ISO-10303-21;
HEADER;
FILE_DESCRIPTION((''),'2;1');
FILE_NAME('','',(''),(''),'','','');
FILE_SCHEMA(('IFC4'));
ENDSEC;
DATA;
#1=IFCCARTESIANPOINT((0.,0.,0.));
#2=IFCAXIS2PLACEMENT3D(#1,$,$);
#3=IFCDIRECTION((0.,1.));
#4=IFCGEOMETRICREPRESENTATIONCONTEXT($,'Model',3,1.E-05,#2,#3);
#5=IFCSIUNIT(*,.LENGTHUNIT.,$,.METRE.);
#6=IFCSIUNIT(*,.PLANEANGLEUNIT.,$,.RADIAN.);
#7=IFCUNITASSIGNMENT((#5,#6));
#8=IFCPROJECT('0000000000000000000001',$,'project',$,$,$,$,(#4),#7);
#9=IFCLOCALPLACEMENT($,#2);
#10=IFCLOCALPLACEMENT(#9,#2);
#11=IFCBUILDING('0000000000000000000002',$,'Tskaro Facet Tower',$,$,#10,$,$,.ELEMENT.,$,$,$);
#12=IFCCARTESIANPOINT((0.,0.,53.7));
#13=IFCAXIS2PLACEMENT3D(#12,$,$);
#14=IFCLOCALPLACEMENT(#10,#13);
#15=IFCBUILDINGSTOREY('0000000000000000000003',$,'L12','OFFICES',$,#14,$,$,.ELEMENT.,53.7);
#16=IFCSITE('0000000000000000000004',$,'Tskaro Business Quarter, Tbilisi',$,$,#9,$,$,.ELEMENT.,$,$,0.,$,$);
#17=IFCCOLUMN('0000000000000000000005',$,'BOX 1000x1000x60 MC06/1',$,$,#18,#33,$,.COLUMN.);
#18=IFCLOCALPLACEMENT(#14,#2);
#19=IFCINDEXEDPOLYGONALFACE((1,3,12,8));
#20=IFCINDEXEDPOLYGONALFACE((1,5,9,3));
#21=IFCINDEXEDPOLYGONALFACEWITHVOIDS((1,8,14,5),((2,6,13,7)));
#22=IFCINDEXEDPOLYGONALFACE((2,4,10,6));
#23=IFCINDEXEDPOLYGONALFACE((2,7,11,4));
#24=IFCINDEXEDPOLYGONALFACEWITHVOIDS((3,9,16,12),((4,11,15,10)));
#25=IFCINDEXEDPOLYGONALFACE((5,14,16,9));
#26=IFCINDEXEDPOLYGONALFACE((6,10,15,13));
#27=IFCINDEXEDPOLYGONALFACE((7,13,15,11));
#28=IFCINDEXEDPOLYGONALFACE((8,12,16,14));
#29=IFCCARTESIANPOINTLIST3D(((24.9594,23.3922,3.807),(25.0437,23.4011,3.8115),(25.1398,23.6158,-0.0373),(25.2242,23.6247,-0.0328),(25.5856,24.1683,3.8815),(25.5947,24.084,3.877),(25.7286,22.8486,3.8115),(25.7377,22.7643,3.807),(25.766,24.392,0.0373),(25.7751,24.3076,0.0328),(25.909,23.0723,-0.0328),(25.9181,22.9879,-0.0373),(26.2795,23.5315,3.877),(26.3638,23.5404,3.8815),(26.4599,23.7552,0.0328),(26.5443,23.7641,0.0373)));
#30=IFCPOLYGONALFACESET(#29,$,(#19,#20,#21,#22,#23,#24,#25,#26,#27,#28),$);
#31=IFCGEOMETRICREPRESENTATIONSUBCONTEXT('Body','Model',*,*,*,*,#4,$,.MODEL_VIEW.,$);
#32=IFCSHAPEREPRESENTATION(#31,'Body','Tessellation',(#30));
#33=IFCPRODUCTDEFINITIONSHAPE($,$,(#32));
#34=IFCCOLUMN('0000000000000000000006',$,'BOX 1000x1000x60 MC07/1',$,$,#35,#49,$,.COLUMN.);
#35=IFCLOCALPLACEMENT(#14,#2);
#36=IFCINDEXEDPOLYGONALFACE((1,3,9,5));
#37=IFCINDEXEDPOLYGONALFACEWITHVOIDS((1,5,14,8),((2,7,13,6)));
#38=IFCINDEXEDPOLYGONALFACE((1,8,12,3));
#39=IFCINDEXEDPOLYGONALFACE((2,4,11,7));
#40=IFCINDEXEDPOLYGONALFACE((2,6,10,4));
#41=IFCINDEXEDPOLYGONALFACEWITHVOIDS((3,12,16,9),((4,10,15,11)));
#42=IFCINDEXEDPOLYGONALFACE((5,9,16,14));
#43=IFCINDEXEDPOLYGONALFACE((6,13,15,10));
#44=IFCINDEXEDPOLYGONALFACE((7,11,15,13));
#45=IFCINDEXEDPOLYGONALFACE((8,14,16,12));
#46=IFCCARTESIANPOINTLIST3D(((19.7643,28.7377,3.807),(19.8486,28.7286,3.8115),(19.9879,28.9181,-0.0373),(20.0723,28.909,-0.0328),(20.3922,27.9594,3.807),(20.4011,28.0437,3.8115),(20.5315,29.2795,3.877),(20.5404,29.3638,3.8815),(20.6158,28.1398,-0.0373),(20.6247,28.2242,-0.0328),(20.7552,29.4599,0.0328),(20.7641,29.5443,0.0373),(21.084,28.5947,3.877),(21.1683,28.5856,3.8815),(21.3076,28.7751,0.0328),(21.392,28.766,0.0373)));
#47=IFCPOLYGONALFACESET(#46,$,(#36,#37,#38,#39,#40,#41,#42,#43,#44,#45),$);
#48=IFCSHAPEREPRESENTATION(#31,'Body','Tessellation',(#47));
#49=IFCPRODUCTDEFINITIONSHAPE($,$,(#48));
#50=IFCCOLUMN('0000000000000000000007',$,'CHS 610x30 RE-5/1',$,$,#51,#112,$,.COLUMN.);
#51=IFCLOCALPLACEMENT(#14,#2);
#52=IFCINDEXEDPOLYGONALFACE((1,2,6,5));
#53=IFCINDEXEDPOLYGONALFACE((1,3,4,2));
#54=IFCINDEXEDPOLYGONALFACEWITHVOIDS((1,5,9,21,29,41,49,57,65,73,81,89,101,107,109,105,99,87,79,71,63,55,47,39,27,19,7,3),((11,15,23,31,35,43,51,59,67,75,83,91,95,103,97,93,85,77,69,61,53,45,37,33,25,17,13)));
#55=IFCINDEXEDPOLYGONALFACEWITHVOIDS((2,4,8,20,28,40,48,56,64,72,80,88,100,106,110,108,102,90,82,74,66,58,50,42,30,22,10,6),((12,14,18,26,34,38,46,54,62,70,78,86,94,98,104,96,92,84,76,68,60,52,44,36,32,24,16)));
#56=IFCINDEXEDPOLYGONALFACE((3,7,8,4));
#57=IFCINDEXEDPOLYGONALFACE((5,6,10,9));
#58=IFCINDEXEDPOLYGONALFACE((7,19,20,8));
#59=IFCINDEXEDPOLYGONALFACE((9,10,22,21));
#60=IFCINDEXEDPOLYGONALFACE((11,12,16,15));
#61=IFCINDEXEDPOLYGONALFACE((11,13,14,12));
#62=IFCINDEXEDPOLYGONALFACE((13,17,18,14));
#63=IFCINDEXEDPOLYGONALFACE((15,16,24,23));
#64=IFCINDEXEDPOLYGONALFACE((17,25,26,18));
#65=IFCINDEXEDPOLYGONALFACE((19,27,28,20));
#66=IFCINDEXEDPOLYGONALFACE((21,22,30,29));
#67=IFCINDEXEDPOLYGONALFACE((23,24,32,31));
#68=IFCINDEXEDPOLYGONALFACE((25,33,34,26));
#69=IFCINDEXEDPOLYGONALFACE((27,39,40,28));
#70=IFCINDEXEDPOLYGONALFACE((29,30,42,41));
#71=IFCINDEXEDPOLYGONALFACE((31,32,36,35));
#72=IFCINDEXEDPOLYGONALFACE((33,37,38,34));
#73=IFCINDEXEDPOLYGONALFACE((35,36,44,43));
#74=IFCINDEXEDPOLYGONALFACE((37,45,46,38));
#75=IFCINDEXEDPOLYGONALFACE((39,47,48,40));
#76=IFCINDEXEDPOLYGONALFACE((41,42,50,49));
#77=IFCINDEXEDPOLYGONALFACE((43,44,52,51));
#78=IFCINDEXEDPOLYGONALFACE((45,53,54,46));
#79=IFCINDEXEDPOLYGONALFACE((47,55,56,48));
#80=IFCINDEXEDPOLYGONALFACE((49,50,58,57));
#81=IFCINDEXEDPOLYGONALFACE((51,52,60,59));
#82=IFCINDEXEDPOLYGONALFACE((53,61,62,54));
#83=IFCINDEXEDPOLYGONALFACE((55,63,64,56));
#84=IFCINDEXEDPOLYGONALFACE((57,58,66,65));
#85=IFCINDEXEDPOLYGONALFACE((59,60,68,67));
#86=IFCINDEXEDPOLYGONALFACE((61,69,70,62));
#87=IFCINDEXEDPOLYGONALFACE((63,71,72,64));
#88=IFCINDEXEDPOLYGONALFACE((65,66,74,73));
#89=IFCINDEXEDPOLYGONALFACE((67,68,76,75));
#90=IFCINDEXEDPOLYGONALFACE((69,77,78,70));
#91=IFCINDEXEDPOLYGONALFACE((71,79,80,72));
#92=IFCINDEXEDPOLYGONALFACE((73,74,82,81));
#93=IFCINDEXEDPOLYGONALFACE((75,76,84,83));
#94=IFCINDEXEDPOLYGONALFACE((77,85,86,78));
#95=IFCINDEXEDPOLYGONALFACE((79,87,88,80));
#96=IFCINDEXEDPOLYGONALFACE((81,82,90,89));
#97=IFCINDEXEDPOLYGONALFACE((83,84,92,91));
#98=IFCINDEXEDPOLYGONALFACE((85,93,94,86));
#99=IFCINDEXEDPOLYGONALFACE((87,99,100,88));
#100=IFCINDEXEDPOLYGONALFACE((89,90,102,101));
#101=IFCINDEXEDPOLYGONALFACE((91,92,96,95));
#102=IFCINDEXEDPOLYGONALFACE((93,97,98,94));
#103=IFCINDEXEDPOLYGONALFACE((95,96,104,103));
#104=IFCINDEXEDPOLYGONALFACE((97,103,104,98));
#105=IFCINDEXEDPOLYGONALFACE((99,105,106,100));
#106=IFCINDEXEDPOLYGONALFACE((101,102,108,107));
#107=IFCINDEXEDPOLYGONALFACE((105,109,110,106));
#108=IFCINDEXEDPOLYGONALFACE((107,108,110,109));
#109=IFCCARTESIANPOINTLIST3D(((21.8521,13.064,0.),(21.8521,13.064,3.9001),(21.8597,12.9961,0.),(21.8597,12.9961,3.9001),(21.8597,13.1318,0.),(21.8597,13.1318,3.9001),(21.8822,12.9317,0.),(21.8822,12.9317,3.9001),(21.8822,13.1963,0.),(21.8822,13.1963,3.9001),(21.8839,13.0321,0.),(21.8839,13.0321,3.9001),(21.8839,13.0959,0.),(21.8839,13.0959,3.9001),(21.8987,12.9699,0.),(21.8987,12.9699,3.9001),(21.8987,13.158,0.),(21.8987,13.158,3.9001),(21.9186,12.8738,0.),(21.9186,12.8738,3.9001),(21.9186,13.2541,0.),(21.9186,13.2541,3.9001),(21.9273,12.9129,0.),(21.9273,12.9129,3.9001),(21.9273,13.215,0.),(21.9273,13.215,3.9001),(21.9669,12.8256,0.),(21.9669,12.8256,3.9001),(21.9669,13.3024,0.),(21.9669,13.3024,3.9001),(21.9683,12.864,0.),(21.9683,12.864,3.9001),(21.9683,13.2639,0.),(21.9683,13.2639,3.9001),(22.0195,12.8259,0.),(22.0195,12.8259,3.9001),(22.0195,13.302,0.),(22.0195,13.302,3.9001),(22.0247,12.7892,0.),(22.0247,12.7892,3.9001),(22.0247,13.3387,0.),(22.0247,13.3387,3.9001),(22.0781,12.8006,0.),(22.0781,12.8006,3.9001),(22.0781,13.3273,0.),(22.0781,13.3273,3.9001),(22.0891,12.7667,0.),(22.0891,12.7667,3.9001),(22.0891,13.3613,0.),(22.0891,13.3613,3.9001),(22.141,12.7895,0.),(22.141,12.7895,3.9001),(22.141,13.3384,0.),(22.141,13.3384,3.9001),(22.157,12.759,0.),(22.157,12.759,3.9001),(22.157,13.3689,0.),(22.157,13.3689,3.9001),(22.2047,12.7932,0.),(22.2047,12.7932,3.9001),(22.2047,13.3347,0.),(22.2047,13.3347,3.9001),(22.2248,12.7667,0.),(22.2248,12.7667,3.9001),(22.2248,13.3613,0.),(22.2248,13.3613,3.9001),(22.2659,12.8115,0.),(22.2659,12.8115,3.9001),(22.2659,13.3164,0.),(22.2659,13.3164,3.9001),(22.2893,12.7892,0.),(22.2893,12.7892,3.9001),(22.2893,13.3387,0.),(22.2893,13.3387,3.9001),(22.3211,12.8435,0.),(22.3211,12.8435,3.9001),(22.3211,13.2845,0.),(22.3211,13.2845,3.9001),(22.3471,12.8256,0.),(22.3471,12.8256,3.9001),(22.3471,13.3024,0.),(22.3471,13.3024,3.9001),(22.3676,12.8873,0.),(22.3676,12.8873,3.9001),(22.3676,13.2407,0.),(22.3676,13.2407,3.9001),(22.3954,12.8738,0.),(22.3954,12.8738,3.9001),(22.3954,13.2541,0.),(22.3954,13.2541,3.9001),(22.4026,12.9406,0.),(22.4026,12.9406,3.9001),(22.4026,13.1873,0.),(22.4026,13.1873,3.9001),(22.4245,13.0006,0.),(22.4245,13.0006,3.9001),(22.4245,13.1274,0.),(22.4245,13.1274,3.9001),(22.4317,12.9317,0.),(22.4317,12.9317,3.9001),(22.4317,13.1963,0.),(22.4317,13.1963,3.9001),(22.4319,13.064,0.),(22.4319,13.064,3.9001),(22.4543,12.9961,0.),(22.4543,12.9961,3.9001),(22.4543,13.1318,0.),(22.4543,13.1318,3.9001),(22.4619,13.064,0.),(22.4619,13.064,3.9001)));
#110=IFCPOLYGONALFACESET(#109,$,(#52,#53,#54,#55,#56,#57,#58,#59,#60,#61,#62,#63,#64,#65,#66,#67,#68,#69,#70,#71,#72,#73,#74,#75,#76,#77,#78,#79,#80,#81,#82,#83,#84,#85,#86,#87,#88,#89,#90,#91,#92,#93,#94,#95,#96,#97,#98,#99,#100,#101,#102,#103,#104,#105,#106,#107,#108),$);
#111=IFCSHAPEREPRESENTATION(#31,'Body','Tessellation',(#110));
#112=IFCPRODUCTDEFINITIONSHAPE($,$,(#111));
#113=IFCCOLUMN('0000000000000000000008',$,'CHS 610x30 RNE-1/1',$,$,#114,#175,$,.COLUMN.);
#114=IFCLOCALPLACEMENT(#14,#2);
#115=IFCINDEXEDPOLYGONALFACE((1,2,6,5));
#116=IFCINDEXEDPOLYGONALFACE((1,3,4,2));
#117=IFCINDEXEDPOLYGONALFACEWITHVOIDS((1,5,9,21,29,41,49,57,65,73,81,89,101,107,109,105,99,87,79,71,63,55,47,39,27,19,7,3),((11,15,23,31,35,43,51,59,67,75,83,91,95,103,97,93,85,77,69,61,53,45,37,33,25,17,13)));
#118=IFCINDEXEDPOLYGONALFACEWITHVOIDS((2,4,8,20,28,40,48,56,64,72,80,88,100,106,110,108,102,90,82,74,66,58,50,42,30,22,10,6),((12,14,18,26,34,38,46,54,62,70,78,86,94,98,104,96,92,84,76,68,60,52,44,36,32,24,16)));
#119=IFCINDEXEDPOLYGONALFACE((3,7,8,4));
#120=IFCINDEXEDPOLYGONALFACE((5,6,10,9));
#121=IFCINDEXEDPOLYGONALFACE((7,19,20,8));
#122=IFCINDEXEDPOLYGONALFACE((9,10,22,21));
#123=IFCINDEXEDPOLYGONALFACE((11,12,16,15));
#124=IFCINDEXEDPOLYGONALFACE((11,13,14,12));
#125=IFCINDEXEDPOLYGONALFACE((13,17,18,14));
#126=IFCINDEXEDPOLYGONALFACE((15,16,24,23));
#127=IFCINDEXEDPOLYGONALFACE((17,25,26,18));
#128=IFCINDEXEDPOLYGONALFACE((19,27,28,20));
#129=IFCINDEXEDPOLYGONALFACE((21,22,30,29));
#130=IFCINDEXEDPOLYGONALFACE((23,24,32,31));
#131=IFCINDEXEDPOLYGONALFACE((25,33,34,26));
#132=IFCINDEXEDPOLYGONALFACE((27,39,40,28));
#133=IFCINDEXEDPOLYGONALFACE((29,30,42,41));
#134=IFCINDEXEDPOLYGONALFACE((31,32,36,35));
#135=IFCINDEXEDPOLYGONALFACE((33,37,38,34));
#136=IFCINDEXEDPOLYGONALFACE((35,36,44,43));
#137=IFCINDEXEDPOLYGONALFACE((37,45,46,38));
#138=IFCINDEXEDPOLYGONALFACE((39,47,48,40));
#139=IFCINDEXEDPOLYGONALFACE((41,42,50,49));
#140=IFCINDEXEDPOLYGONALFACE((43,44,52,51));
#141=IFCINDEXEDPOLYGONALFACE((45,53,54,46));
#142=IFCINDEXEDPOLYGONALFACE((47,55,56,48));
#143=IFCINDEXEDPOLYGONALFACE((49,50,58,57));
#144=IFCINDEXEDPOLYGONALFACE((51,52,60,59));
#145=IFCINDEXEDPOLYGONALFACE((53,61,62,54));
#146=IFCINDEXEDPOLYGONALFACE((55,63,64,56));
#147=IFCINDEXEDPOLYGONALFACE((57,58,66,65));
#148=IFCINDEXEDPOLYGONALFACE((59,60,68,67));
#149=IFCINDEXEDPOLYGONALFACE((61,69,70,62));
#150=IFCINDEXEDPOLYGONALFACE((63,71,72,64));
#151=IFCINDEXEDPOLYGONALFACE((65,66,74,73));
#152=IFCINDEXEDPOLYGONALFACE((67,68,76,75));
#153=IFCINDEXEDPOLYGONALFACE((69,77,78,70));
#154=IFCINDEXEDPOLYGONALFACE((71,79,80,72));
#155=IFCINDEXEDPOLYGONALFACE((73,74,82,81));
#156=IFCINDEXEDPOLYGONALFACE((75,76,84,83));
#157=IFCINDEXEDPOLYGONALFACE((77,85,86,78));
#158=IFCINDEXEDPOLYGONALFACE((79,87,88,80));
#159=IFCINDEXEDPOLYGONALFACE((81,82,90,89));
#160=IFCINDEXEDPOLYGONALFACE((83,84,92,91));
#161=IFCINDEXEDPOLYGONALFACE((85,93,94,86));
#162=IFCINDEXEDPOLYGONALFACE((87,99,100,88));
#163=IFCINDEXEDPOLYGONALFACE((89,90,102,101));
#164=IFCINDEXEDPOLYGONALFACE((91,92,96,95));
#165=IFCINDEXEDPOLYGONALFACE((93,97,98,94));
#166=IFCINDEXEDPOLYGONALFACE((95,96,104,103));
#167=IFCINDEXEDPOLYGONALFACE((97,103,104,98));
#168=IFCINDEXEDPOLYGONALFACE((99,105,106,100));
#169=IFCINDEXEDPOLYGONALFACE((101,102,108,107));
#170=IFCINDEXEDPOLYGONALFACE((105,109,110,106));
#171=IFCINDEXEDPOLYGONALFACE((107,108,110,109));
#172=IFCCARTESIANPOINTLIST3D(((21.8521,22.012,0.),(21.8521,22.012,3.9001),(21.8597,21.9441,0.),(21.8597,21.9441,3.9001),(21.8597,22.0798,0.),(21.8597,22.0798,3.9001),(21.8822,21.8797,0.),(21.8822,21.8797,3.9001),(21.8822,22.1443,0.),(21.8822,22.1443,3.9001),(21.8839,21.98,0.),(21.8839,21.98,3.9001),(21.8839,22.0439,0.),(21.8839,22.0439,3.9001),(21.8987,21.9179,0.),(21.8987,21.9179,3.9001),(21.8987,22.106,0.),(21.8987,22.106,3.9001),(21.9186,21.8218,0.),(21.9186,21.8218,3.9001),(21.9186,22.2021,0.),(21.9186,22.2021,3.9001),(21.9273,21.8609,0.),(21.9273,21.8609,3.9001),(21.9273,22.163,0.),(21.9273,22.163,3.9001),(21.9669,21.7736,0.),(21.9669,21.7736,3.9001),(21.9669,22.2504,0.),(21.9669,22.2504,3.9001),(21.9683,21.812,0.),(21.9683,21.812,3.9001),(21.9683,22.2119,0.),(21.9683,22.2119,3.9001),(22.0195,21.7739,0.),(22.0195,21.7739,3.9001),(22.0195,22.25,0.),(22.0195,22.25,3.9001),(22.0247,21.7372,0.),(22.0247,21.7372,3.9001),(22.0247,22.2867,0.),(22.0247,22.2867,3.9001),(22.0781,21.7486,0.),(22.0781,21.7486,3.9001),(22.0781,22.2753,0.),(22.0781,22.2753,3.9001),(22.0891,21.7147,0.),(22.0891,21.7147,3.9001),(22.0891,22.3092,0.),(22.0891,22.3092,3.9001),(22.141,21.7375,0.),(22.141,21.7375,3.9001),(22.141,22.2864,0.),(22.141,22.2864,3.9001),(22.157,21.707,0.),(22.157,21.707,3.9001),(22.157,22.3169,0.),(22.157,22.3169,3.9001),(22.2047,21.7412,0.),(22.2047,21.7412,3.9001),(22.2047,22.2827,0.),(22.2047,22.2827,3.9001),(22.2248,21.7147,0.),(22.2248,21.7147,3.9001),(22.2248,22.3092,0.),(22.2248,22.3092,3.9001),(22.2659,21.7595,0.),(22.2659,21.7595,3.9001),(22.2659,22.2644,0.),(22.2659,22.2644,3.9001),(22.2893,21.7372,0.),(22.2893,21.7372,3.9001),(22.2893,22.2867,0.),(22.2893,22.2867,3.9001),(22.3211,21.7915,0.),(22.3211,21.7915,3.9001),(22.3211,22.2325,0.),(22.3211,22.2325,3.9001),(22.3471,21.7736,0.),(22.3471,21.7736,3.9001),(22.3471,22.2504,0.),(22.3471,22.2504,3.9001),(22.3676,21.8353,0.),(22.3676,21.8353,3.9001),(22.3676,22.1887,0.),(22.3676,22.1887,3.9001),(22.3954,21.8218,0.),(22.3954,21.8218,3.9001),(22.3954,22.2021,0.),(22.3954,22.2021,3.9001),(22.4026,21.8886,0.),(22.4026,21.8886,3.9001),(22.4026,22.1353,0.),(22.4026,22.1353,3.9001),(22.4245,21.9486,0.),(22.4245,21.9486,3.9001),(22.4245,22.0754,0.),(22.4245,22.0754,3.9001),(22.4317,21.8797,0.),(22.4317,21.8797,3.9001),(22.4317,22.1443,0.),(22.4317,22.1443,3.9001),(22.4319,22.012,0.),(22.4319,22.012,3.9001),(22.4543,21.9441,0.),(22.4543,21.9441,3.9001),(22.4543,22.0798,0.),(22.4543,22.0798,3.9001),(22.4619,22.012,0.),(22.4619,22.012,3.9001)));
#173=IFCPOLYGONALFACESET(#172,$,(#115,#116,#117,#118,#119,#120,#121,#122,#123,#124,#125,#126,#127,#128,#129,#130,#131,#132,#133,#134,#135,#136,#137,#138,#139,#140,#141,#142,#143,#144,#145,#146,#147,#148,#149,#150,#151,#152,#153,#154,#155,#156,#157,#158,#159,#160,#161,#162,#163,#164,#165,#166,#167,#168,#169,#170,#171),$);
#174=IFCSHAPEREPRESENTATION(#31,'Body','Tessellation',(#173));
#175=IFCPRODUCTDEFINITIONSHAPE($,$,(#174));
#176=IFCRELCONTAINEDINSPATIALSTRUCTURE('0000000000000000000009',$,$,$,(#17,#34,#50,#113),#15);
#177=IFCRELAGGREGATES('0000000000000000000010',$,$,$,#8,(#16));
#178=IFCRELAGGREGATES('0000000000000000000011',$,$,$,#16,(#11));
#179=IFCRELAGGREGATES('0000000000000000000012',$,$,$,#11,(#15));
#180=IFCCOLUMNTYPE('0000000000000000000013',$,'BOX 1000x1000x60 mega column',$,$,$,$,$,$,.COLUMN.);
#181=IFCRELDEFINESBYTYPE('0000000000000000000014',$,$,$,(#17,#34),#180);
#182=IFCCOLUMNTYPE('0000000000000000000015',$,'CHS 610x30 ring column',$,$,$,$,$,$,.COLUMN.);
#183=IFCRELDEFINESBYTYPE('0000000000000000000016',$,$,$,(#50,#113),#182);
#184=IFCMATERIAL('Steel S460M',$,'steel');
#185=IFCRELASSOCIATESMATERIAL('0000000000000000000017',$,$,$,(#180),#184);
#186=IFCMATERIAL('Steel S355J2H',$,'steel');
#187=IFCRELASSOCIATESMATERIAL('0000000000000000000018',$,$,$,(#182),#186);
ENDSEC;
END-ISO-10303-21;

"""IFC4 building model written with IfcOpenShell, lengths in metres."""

from ifc_helpers import new_model, si_unit, direction, frame, origin, origin_2d, place, context, subcontext, project, spatial, hollow_rectangle, hollow_circle, extrude, material, material_profile, profile_set, type_object, element, save


model = new_model("IFC4")

# Units and contexts
model_context = context("Model", 3, precision=1e-05, world=origin(), true_north=direction((0.0, 1.0)))
body_context = subcontext(model_context, "Body", "Model", "MODEL_VIEW")
ifc_project = project(units=[si_unit("LENGTHUNIT", "METRE"), si_unit("PLANEANGLEUNIT", "RADIAN")], contexts=[model_context])

# Site, building, storey
site_placement = place(None, origin())
site = spatial("IfcSite", under=ifc_project, at=site_placement, Name="Tskaro Business Quarter, Tbilisi", CompositionType="ELEMENT", RefElevation=0.0)
building_placement = place(site_placement, origin())
building = spatial("IfcBuilding", under=site, at=building_placement, Name="Tskaro Facet Tower", CompositionType="ELEMENT")
storey_placement = place(building_placement, frame((0.0, 0.0, 53.7)))
storey = spatial("IfcBuildingStorey", under=building, at=storey_placement, Name="L12", Description="OFFICES", CompositionType="ELEMENT", Elevation=53.7)

# Columns
ifc_material_1 = material(Name="Steel S460M", Category="steel")
ifc_material_profile_1 = material_profile(ifc_material_1, hollow_rectangle(XDim=1.0, YDim=1.0, WallThickness=0.0601, at=origin_2d()), Name="BOX 1000x1000x60")
ifc_profile_set_1 = profile_set([ifc_material_profile_1], Name="Steel S460M")
column_type_1 = type_object("IfcColumnType", Name="BOX 1000x1000x60 mega column", PredefinedType="COLUMN", material=ifc_profile_set_1)
for number, where, z_axis, x_axis, name in (
    (1, (25.842, 23.6899, 0.0), (-0.046802, -0.058012, 0.997218), (0.778292, -0.627902, 0.0), "BOX 1000x1000x60 MC06/1"),
    (2, (20.6899, 28.842, 0.0), (-0.058012, -0.046802, 0.997218), (0.627902, -0.778292, 0.0), "BOX 1000x1000x60 MC07/1"),
):
    element("IfcColumn", number, at=place(storey_placement, frame(where, z_axis=z_axis, x_axis=x_axis)), inside=storey, type_object=column_type_1, Name=name, PredefinedType="COLUMN", context=body_context, shape_type="SweptSolid", body=[
        extrude(hollow_rectangle(XDim=1.0, YDim=1.0, WallThickness=0.0601, at=origin_2d()), origin(), (0.0, 0.0, 1.0), 3.855),
    ])
ifc_material_2 = material(Name="Steel S355J2H", Category="steel")
ifc_material_profile_2 = material_profile(ifc_material_2, hollow_circle(Radius=0.3049, WallThickness=0.03, at=origin_2d()), Name="CHS 610x30")
ifc_profile_set_2 = profile_set([ifc_material_profile_2], Name="Steel S355J2H")
column_type_2 = type_object("IfcColumnType", Name="CHS 610x30 ring column", PredefinedType="COLUMN", material=ifc_profile_set_2)
for number, where, z_axis, x_axis, name in (
    (3, (22.157, 13.064, 0.0), (0.0, 0.0, 1.0), (1.0, 0.0, 0.0), "CHS 610x30 RE-5/1"),
    (4, (22.157, 22.012, 0.0), (0.0, 0.0, 1.0), (1.0, 0.0, 0.0), "CHS 610x30 RNE-1/1"),
):
    element("IfcColumn", number, at=place(storey_placement, frame(where, z_axis=z_axis, x_axis=x_axis)), inside=storey, type_object=column_type_2, Name=name, PredefinedType="COLUMN", context=body_context, shape_type="SweptSolid", body=[
        extrude(hollow_circle(Radius=0.3049, WallThickness=0.03, at=origin_2d()), origin(), (0.0, 0.0, 1.0), 3.9001),
    ])

save(model, "model.ifc")
